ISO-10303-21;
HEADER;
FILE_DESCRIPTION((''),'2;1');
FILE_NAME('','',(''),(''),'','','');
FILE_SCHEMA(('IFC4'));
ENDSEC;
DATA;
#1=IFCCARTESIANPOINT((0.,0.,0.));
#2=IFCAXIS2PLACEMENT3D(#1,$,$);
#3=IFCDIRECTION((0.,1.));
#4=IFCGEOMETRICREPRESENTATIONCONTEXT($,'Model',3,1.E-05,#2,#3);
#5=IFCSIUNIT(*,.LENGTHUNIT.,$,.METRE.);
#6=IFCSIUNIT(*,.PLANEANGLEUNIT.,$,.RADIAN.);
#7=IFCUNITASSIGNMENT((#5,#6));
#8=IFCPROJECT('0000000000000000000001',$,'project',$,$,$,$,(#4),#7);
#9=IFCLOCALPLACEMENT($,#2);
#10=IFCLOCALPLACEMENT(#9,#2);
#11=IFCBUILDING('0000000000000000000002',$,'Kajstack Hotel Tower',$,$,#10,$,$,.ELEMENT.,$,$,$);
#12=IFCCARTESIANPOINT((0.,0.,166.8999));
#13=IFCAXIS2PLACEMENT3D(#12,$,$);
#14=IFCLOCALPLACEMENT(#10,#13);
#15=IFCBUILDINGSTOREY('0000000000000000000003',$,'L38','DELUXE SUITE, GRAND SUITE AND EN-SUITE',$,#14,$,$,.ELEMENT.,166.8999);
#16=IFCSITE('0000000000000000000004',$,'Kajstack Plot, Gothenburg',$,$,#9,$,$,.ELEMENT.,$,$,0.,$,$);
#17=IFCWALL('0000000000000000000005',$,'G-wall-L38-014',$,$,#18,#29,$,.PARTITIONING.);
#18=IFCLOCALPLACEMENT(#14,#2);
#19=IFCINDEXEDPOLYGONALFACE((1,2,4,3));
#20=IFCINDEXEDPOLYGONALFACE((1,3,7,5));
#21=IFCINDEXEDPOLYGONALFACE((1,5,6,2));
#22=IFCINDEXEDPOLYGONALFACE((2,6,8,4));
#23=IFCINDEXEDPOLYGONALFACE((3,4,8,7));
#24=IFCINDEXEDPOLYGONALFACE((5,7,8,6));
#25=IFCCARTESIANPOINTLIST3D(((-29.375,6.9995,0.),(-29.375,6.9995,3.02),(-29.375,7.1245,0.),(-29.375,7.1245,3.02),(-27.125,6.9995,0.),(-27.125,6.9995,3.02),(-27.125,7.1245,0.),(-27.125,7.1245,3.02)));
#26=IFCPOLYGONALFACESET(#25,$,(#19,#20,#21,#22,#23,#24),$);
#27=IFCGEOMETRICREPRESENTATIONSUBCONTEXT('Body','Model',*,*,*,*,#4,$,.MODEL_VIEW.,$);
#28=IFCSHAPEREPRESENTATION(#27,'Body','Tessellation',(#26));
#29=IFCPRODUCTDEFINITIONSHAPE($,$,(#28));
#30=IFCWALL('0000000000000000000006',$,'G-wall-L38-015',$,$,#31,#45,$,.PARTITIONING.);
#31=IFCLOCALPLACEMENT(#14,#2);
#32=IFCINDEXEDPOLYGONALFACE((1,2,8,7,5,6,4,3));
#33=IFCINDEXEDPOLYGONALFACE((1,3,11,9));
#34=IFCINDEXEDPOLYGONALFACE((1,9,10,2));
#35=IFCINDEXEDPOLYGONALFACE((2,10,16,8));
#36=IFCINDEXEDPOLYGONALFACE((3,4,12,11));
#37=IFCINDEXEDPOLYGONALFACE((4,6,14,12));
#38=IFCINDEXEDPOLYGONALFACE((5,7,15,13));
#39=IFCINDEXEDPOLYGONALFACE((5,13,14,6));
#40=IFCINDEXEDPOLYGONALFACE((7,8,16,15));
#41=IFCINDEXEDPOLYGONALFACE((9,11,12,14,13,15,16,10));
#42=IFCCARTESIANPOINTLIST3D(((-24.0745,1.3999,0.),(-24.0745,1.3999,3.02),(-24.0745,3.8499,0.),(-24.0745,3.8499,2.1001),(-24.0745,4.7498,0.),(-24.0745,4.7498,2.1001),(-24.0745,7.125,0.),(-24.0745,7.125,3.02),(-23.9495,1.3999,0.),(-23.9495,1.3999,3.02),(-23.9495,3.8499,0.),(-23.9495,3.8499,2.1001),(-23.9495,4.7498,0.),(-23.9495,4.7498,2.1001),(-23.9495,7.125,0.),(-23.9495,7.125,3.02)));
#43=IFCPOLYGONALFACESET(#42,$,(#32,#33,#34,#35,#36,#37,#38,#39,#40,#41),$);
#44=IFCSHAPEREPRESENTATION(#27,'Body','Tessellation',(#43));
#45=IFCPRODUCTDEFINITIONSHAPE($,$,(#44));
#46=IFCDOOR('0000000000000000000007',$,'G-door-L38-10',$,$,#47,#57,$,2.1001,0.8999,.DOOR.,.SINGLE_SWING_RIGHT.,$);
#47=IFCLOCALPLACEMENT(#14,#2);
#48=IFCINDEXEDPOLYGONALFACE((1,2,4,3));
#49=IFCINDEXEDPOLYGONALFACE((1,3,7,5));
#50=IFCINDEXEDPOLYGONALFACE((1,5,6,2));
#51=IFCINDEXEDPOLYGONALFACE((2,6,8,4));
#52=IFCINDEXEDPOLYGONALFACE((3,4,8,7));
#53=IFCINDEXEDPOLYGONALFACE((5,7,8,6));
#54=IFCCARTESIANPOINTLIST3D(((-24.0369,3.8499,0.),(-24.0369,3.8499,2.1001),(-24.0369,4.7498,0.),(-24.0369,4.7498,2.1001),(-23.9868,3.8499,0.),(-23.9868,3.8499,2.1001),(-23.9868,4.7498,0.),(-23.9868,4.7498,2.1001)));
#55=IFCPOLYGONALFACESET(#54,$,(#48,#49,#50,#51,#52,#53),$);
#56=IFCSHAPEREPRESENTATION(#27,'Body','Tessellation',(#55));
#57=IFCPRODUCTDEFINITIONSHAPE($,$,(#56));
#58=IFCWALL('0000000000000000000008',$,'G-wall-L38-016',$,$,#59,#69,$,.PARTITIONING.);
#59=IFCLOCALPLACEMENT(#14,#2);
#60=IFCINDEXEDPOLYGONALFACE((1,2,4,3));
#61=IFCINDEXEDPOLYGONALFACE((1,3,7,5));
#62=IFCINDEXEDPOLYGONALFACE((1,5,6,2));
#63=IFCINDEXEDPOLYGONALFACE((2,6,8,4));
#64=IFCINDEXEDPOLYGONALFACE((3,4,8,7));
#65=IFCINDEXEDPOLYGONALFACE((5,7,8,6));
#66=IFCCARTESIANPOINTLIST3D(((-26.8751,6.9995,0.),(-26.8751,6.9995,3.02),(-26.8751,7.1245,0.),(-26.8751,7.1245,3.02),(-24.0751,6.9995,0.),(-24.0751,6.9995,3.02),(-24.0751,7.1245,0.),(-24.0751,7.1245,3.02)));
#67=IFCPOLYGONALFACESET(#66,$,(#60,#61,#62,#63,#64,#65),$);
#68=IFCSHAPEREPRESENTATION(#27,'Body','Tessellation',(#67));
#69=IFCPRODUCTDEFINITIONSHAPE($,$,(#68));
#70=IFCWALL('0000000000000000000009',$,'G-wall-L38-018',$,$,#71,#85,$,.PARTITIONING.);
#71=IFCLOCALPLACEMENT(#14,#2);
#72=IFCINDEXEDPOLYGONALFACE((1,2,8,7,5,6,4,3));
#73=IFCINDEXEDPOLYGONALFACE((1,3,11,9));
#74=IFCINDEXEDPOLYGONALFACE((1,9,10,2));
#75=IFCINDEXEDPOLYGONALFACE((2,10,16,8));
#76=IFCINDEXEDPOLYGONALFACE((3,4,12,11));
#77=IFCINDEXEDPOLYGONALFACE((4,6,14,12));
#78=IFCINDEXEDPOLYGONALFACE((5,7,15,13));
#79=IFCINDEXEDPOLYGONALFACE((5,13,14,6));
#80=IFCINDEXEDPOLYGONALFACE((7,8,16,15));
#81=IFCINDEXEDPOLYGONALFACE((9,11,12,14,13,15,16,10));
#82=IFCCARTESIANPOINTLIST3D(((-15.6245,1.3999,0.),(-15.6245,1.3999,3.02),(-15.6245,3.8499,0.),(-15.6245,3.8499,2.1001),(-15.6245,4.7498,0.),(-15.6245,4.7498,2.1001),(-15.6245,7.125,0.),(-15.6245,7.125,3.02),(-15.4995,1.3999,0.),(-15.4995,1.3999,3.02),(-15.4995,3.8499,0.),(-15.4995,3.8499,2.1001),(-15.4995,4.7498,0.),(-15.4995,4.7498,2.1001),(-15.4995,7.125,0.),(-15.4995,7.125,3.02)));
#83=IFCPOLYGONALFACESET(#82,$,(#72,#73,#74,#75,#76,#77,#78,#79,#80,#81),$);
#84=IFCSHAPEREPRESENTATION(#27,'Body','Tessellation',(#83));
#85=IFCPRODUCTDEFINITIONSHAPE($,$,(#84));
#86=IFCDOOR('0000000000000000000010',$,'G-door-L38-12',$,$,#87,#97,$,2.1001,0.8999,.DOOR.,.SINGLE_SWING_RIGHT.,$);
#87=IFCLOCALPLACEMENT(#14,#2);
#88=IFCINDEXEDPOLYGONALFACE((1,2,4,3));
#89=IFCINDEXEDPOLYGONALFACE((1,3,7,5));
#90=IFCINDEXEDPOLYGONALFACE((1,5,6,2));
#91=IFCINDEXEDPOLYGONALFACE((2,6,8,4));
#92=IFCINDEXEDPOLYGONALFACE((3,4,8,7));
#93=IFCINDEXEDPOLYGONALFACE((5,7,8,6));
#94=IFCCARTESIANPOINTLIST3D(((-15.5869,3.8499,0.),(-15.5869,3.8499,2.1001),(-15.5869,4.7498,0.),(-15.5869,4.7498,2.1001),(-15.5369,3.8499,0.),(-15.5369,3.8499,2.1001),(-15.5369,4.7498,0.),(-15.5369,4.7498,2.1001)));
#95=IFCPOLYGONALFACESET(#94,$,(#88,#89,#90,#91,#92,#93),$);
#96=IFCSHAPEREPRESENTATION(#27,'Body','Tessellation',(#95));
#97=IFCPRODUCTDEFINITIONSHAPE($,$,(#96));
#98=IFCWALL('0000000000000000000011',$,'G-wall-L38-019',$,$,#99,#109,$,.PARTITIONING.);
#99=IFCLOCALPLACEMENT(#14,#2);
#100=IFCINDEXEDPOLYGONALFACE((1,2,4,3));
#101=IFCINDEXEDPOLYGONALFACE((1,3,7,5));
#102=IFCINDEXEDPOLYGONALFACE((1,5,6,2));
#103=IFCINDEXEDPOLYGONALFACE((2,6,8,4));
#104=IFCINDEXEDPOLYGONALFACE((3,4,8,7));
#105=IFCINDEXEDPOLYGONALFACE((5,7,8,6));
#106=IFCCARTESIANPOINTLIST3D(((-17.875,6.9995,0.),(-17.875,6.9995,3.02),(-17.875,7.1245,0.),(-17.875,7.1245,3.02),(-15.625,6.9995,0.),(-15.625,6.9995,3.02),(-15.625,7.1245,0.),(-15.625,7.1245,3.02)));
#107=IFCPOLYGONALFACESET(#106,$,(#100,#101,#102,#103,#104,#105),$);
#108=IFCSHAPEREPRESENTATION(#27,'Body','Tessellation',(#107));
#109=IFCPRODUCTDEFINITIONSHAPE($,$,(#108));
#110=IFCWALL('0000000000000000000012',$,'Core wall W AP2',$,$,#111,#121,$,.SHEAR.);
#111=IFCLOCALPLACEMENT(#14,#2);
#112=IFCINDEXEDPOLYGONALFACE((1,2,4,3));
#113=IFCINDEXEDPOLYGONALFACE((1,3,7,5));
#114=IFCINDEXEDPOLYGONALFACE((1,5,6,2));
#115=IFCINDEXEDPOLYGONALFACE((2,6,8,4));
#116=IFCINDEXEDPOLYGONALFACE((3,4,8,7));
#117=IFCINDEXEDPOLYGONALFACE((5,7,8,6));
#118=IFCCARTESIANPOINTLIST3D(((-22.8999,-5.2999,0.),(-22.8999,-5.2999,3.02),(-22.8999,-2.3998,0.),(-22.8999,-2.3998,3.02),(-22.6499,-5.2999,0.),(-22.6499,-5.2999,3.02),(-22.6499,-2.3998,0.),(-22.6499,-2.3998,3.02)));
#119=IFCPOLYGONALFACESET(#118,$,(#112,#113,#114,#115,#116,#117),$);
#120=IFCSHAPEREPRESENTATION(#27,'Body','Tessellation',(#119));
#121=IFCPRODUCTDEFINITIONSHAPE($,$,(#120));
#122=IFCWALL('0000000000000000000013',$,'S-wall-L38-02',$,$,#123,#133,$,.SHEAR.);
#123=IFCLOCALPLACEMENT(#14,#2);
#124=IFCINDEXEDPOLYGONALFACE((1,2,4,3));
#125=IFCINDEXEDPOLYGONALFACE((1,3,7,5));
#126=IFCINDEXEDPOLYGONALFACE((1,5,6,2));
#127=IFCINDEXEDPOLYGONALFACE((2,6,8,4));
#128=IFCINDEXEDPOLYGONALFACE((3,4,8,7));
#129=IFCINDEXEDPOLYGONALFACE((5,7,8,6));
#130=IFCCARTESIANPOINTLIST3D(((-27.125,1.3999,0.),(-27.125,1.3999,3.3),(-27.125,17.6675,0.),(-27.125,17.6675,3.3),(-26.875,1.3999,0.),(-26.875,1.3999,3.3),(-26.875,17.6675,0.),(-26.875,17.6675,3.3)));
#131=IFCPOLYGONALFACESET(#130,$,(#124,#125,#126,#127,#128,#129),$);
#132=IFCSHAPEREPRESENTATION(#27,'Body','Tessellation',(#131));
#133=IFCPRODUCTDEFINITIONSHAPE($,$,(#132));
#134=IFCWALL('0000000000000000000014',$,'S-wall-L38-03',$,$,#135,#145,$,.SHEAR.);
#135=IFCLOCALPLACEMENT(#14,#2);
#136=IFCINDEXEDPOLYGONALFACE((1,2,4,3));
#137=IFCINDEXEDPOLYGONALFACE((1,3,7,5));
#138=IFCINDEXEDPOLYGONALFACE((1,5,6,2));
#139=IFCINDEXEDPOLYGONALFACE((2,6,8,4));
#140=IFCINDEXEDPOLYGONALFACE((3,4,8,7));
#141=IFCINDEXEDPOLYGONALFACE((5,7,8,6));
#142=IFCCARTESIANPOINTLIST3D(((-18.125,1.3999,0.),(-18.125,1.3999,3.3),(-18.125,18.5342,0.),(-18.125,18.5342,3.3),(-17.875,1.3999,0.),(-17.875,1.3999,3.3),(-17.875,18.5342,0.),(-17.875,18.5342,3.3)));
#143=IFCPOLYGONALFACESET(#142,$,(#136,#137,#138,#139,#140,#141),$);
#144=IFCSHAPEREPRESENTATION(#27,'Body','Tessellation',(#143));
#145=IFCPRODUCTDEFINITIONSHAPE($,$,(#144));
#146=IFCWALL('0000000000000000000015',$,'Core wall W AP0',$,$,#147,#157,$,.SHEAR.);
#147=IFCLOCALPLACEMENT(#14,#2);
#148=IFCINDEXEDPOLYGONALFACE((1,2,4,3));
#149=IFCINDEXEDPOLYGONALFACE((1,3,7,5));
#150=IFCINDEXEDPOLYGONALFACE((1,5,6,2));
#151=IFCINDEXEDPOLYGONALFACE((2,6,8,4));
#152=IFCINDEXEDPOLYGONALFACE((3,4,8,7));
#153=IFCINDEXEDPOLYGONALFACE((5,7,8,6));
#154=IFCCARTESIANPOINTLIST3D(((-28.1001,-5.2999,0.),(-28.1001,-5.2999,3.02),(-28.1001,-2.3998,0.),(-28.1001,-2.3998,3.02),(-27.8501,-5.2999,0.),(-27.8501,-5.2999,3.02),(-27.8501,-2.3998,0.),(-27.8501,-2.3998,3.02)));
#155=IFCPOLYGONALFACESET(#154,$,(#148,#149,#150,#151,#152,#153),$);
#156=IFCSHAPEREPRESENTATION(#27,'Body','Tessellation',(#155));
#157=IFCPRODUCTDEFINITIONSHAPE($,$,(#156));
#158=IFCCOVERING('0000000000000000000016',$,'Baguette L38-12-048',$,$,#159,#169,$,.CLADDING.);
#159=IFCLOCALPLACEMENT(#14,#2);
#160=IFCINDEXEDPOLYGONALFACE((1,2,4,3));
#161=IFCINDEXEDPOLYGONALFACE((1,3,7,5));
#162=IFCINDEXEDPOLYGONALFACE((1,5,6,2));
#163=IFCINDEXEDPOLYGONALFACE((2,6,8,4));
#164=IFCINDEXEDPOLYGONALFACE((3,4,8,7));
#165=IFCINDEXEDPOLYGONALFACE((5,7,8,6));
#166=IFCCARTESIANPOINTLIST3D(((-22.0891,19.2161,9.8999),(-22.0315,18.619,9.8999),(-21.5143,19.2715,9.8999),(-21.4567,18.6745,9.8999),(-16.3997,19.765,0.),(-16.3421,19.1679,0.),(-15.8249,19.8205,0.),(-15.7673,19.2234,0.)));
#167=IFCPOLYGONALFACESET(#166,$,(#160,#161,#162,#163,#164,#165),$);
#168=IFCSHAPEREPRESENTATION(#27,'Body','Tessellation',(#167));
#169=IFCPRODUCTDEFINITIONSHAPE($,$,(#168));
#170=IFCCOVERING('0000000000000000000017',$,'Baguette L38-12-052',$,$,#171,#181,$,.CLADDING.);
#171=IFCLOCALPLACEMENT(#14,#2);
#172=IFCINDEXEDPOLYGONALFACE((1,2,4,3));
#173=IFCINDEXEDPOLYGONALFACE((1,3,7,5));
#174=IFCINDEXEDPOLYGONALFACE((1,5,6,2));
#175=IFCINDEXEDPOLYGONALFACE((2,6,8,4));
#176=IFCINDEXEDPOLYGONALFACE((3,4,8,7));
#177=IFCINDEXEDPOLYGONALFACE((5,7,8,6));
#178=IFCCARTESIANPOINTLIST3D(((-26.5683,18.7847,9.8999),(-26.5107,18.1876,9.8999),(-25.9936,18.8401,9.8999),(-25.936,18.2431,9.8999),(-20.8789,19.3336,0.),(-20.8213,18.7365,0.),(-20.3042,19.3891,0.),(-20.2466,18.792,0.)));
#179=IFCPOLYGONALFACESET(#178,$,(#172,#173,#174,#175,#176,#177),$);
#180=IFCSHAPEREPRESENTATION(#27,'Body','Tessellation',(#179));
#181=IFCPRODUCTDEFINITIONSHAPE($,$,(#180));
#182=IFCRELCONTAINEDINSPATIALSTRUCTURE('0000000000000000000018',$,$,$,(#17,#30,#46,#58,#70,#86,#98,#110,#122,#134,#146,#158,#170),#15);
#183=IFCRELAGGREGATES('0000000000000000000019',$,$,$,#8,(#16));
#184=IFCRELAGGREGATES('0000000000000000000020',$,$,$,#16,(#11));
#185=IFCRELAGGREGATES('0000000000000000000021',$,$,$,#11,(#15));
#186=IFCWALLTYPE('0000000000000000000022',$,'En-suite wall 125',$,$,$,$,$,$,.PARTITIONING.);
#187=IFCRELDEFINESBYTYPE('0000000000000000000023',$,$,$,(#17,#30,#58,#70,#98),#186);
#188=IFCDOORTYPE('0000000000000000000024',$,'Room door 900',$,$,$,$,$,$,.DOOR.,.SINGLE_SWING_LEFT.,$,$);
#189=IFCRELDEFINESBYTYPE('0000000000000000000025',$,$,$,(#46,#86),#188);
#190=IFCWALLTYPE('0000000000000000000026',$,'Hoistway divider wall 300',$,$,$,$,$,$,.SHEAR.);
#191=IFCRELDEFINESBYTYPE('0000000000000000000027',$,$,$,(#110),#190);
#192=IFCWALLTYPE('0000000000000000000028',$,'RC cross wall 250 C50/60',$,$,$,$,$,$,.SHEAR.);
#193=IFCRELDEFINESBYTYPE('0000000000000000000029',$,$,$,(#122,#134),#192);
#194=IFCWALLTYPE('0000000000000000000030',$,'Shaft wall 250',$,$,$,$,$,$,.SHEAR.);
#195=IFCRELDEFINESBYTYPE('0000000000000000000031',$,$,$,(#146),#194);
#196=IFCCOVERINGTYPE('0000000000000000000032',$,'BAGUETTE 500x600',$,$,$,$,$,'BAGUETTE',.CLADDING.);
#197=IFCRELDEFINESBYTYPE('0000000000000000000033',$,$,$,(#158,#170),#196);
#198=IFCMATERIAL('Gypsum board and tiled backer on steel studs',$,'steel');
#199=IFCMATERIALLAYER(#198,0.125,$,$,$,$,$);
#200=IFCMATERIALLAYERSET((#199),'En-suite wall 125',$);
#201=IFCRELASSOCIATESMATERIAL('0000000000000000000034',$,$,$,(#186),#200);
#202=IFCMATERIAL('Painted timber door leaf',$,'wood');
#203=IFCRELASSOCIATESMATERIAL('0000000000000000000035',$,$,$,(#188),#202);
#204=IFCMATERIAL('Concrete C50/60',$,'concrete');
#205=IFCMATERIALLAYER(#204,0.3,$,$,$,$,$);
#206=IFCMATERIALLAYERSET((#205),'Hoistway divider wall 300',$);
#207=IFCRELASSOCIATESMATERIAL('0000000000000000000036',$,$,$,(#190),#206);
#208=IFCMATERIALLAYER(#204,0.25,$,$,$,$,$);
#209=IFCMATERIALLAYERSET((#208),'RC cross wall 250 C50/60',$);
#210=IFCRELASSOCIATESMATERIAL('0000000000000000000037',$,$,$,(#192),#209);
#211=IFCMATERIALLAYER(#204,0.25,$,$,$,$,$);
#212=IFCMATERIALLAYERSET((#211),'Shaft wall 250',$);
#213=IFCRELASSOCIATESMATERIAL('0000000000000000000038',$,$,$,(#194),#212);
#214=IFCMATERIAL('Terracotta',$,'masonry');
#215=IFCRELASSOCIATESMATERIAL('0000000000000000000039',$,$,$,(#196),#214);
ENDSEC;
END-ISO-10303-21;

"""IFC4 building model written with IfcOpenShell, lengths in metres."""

from ifc_helpers import new_model, si_unit, direction, frame, frame_2d, origin, origin_2d, place, context, subcontext, project, spatial, polyline, rectangle, outline, extrude, material, layer, layer_set, material_profile, profile_set, type_object, element, fill, save


model = new_model("IFC4")

# Units and contexts
model_context = context("Model", 3, precision=1e-05, world=origin(), true_north=direction((0.0, 1.0)))
body_context = subcontext(model_context, "Body", "Model", "MODEL_VIEW")
ifc_project = project(units=[si_unit("LENGTHUNIT", "METRE"), si_unit("PLANEANGLEUNIT", "RADIAN")], contexts=[model_context])

# Site, building, storey
site_placement = place(None, origin())
site = spatial("IfcSite", under=ifc_project, at=site_placement, Name="Kajstack Plot, Gothenburg", CompositionType="ELEMENT", RefElevation=0.0)
building_placement = place(site_placement, origin())
building = spatial("IfcBuilding", under=site, at=building_placement, Name="Kajstack Hotel Tower", CompositionType="ELEMENT")
storey_placement = place(building_placement, frame((0.0, 0.0, 166.8999)))
storey = spatial("IfcBuildingStorey", under=building, at=storey_placement, Name="L38", Description="DELUXE SUITE, GRAND SUITE AND EN-SUITE", CompositionType="ELEMENT", Elevation=166.8999)

# Wall
ifc_material_1 = material(Name="Gypsum board and tiled backer on steel studs", Category="steel")
ifc_layer_1 = layer(ifc_material_1, 0.125)
ifc_layer_set_1 = layer_set([ifc_layer_1], Name="En-suite wall 125")
wall_type_1 = type_object("IfcWallType", Name="En-suite wall 125", PredefinedType="PARTITIONING", material=ifc_layer_set_1)
wall_1_placement = place(storey_placement, frame((-29.375, 7.062, 0.0), z_axis=(0.0, 0.0, 1.0), x_axis=(1.0, 0.0, 0.0)))
element("IfcWall", 1, at=wall_1_placement, inside=storey, type_object=wall_type_1, Name="G-wall-L38-014", PredefinedType="PARTITIONING", context=body_context, shape_type="SweptSolid", body=[
    extrude(rectangle(XDim=2.25, YDim=0.125, at=frame_2d((1.125, 0.0))), origin(), (0.0, 0.0, 1.0), 3.02),
])

# Wall, opening, door
wall_2_placement = place(storey_placement, frame((-24.012, 1.3999, 0.0), z_axis=(0.0, 0.0, 1.0), x_axis=(0.0, 1.0, 0.0)))
wall_2 = element("IfcWall", 2, at=wall_2_placement, inside=storey, type_object=wall_type_1, Name="G-wall-L38-015", PredefinedType="PARTITIONING", context=body_context, shape_type="SweptSolid", body=[
    extrude(rectangle(XDim=5.7251, YDim=0.125, at=frame_2d((2.8625, 0.0))), origin(), (0.0, 0.0, 1.0), 3.02),
])
opening_1_placement = place(wall_2_placement, frame((2.45, 0.0, 0.0)))
opening_1 = element("IfcOpeningElement", 3, at=opening_1_placement, cuts=wall_2, PredefinedType="OPENING", context=body_context, shape_type="SweptSolid", body=[
    extrude(rectangle(XDim=0.8999, YDim=2.1001, at=frame_2d((0.45, 1.05))), frame((0.0, 0.0725, 0.0), z_axis=(0.0, -1.0, 0.0), x_axis=(1.0, 0.0, 0.0)), (0.0, 0.0, 1.0), 0.145),
])
ifc_material_2 = material(Name="Painted timber door leaf", Category="wood")
door_type = type_object("IfcDoorType", Name="Room door 900", OperationType="SINGLE_SWING_LEFT", PredefinedType="DOOR", material=ifc_material_2)
door_1_placement = place(opening_1_placement, origin())
door_1 = element("IfcDoor", 4, at=door_1_placement, inside=storey, type_object=door_type, Name="G-door-L38-10", OperationType="SINGLE_SWING_RIGHT", OverallHeight=2.1001, OverallWidth=0.8999, PredefinedType="DOOR", context=body_context, shape_type="SweptSolid", body=[
    extrude(rectangle(XDim=0.8999, YDim=2.1001, at=frame_2d((0.45, 1.05))), frame((0.0, 0.0249, 0.0), z_axis=(0.0, -1.0, 0.0), x_axis=(1.0, 0.0, 0.0)), (0.0, 0.0, 1.0), 0.05),
])
fill(opening_1, door_1)

# Wall
wall_3_placement = place(storey_placement, frame((-26.875, 7.062, 0.0), z_axis=(0.0, 0.0, 1.0), x_axis=(1.0, 0.0, 0.0)))
element("IfcWall", 5, at=wall_3_placement, inside=storey, type_object=wall_type_1, Name="G-wall-L38-016", PredefinedType="PARTITIONING", context=body_context, shape_type="SweptSolid", body=[
    extrude(rectangle(XDim=2.8, YDim=0.125, at=frame_2d((1.3999, 0.0))), origin(), (0.0, 0.0, 1.0), 3.02),
])

# Wall, opening, door
wall_4_placement = place(storey_placement, frame((-15.562, 1.3999, 0.0), z_axis=(0.0, 0.0, 1.0), x_axis=(0.0, 1.0, 0.0)))
wall_4 = element("IfcWall", 6, at=wall_4_placement, inside=storey, type_object=wall_type_1, Name="G-wall-L38-018", PredefinedType="PARTITIONING", context=body_context, shape_type="SweptSolid", body=[
    extrude(rectangle(XDim=5.7251, YDim=0.125, at=frame_2d((2.8625, 0.0))), origin(), (0.0, 0.0, 1.0), 3.02),
])
opening_2_placement = place(wall_4_placement, frame((2.45, 0.0, 0.0)))
opening_2 = element("IfcOpeningElement", 7, at=opening_2_placement, cuts=wall_4, PredefinedType="OPENING", context=body_context, shape_type="SweptSolid", body=[
    extrude(rectangle(XDim=0.8999, YDim=2.1001, at=frame_2d((0.45, 1.05))), frame((0.0, 0.0725, 0.0), z_axis=(0.0, -1.0, 0.0), x_axis=(1.0, 0.0, 0.0)), (0.0, 0.0, 1.0), 0.145),
])
door_2_placement = place(opening_2_placement, origin())
door_2 = element("IfcDoor", 8, at=door_2_placement, inside=storey, type_object=door_type, Name="G-door-L38-12", OperationType="SINGLE_SWING_RIGHT", OverallHeight=2.1001, OverallWidth=0.8999, PredefinedType="DOOR", context=body_context, shape_type="SweptSolid", body=[
    extrude(rectangle(XDim=0.8999, YDim=2.1001, at=frame_2d((0.45, 1.05))), frame((0.0, 0.0249, 0.0), z_axis=(0.0, -1.0, 0.0), x_axis=(1.0, 0.0, 0.0)), (0.0, 0.0, 1.0), 0.05),
])
fill(opening_2, door_2)

# Walls
wall_5_placement = place(storey_placement, frame((-17.875, 7.062, 0.0), z_axis=(0.0, 0.0, 1.0), x_axis=(1.0, 0.0, 0.0)))
element("IfcWall", 9, at=wall_5_placement, inside=storey, type_object=wall_type_1, Name="G-wall-L38-019", PredefinedType="PARTITIONING", context=body_context, shape_type="SweptSolid", body=[
    extrude(rectangle(XDim=2.25, YDim=0.125, at=frame_2d((1.125, 0.0))), origin(), (0.0, 0.0, 1.0), 3.02),
])
ifc_material_3 = material(Name="Concrete C50/60", Category="concrete")
ifc_layer_2 = layer(ifc_material_3, 0.3)
ifc_layer_set_2 = layer_set([ifc_layer_2], Name="Hoistway divider wall 300")
wall_type_2 = type_object("IfcWallType", Name="Hoistway divider wall 300", PredefinedType="SHEAR", material=ifc_layer_set_2)
wall_6_placement = place(storey_placement, frame((-22.7749, -5.3, 0.0), z_axis=(0.0, 0.0, 1.0), x_axis=(0.0, 1.0, 0.0)))
element("IfcWall", 10, at=wall_6_placement, inside=storey, type_object=wall_type_2, Name="Core wall W AP2", PredefinedType="SHEAR", context=body_context, shape_type="SweptSolid", body=[
    extrude(rectangle(XDim=2.9001, YDim=0.25, at=frame_2d((1.4502, 0.0))), origin(), (0.0, 0.0, 1.0), 3.02),
])
ifc_layer_3 = layer(ifc_material_3, 0.25)
ifc_layer_set_3 = layer_set([ifc_layer_3], Name="RC cross wall 250 C50/60")
wall_type_3 = type_object("IfcWallType", Name="RC cross wall 250 C50/60", PredefinedType="SHEAR", material=ifc_layer_set_3)
wall_7_placement = place(storey_placement, frame((-27.0, 1.3999, 0.0), z_axis=(0.0, 0.0, 1.0), x_axis=(0.0, 1.0, 0.0)))
element("IfcWall", 11, at=wall_7_placement, inside=storey, type_object=wall_type_3, Name="S-wall-L38-02", PredefinedType="SHEAR", context=body_context, shape_type="SweptSolid", body=[
    extrude(rectangle(XDim=16.2676, YDim=0.25, at=frame_2d((8.1338, 0.0))), origin(), (0.0, 0.0, 1.0), 3.3),
])
wall_8_placement = place(storey_placement, frame((-18.0, 1.3999, 0.0), z_axis=(0.0, 0.0, 1.0), x_axis=(0.0, 1.0, 0.0)))
element("IfcWall", 12, at=wall_8_placement, inside=storey, type_object=wall_type_3, Name="S-wall-L38-03", PredefinedType="SHEAR", context=body_context, shape_type="SweptSolid", body=[
    extrude(rectangle(XDim=17.1343, YDim=0.25, at=frame_2d((8.5671, 0.0))), origin(), (0.0, 0.0, 1.0), 3.3),
])
ifc_layer_4 = layer(ifc_material_3, 0.25)
ifc_layer_set_4 = layer_set([ifc_layer_4], Name="Shaft wall 250")
wall_type_4 = type_object("IfcWallType", Name="Shaft wall 250", PredefinedType="SHEAR", material=ifc_layer_set_4)
wall_9_placement = place(storey_placement, frame((-27.9751, -5.3, 0.0), z_axis=(0.0, 0.0, 1.0), x_axis=(0.0, 1.0, 0.0)))
element("IfcWall", 13, at=wall_9_placement, inside=storey, type_object=wall_type_4, Name="Core wall W AP0", PredefinedType="SHEAR", context=body_context, shape_type="SweptSolid", body=[
    extrude(rectangle(XDim=2.9001, YDim=0.25, at=frame_2d((1.4502, 0.0))), origin(), (0.0, 0.0, 1.0), 3.02),
])

# Coverings
ifc_material_4 = material(Name="Terracotta", Category="masonry")
ifc_material_profile = material_profile(ifc_material_4, rectangle(XDim=0.6001, YDim=0.5, at=origin_2d()), Name="Terracotta-clad concrete baguette 500 x 600")
ifc_profile_set = profile_set([ifc_material_profile], Name="Terracotta")
covering_type = type_object("IfcCoveringType", Name="BAGUETTE 500x600", ElementType="BAGUETTE", PredefinedType="CLADDING", material=ifc_profile_set)
for number, where, z_axis, x_axis, name in (
    (14, (-15.7673, 19.2234, 0.0), (-0.096038, 0.995378, 0.0), (-0.995378, -0.096038, 0.0), "Baguette L38-12-048"),
    (15, (-20.2466, 18.792, 0.0), (-0.096038, 0.995378, 0.0), (-0.995378, -0.096038, 0.0), "Baguette L38-12-052"),
):
    element("IfcCovering", number, at=place(storey_placement, frame(where, z_axis=z_axis, x_axis=x_axis)), inside=storey, type_object=covering_type, Name=name, PredefinedType="CLADDING", context=body_context, shape_type="SweptSolid", body=[
        extrude(outline(polyline([(5.7158, 9.8999), (0.0, 0.0), (0.5774, 0.0), (6.2932, 9.8999), (5.7158, 9.8999)])), origin(), (0.0, 0.0, 1.0), 0.5999),
    ])

save(model, "model.ifc")
